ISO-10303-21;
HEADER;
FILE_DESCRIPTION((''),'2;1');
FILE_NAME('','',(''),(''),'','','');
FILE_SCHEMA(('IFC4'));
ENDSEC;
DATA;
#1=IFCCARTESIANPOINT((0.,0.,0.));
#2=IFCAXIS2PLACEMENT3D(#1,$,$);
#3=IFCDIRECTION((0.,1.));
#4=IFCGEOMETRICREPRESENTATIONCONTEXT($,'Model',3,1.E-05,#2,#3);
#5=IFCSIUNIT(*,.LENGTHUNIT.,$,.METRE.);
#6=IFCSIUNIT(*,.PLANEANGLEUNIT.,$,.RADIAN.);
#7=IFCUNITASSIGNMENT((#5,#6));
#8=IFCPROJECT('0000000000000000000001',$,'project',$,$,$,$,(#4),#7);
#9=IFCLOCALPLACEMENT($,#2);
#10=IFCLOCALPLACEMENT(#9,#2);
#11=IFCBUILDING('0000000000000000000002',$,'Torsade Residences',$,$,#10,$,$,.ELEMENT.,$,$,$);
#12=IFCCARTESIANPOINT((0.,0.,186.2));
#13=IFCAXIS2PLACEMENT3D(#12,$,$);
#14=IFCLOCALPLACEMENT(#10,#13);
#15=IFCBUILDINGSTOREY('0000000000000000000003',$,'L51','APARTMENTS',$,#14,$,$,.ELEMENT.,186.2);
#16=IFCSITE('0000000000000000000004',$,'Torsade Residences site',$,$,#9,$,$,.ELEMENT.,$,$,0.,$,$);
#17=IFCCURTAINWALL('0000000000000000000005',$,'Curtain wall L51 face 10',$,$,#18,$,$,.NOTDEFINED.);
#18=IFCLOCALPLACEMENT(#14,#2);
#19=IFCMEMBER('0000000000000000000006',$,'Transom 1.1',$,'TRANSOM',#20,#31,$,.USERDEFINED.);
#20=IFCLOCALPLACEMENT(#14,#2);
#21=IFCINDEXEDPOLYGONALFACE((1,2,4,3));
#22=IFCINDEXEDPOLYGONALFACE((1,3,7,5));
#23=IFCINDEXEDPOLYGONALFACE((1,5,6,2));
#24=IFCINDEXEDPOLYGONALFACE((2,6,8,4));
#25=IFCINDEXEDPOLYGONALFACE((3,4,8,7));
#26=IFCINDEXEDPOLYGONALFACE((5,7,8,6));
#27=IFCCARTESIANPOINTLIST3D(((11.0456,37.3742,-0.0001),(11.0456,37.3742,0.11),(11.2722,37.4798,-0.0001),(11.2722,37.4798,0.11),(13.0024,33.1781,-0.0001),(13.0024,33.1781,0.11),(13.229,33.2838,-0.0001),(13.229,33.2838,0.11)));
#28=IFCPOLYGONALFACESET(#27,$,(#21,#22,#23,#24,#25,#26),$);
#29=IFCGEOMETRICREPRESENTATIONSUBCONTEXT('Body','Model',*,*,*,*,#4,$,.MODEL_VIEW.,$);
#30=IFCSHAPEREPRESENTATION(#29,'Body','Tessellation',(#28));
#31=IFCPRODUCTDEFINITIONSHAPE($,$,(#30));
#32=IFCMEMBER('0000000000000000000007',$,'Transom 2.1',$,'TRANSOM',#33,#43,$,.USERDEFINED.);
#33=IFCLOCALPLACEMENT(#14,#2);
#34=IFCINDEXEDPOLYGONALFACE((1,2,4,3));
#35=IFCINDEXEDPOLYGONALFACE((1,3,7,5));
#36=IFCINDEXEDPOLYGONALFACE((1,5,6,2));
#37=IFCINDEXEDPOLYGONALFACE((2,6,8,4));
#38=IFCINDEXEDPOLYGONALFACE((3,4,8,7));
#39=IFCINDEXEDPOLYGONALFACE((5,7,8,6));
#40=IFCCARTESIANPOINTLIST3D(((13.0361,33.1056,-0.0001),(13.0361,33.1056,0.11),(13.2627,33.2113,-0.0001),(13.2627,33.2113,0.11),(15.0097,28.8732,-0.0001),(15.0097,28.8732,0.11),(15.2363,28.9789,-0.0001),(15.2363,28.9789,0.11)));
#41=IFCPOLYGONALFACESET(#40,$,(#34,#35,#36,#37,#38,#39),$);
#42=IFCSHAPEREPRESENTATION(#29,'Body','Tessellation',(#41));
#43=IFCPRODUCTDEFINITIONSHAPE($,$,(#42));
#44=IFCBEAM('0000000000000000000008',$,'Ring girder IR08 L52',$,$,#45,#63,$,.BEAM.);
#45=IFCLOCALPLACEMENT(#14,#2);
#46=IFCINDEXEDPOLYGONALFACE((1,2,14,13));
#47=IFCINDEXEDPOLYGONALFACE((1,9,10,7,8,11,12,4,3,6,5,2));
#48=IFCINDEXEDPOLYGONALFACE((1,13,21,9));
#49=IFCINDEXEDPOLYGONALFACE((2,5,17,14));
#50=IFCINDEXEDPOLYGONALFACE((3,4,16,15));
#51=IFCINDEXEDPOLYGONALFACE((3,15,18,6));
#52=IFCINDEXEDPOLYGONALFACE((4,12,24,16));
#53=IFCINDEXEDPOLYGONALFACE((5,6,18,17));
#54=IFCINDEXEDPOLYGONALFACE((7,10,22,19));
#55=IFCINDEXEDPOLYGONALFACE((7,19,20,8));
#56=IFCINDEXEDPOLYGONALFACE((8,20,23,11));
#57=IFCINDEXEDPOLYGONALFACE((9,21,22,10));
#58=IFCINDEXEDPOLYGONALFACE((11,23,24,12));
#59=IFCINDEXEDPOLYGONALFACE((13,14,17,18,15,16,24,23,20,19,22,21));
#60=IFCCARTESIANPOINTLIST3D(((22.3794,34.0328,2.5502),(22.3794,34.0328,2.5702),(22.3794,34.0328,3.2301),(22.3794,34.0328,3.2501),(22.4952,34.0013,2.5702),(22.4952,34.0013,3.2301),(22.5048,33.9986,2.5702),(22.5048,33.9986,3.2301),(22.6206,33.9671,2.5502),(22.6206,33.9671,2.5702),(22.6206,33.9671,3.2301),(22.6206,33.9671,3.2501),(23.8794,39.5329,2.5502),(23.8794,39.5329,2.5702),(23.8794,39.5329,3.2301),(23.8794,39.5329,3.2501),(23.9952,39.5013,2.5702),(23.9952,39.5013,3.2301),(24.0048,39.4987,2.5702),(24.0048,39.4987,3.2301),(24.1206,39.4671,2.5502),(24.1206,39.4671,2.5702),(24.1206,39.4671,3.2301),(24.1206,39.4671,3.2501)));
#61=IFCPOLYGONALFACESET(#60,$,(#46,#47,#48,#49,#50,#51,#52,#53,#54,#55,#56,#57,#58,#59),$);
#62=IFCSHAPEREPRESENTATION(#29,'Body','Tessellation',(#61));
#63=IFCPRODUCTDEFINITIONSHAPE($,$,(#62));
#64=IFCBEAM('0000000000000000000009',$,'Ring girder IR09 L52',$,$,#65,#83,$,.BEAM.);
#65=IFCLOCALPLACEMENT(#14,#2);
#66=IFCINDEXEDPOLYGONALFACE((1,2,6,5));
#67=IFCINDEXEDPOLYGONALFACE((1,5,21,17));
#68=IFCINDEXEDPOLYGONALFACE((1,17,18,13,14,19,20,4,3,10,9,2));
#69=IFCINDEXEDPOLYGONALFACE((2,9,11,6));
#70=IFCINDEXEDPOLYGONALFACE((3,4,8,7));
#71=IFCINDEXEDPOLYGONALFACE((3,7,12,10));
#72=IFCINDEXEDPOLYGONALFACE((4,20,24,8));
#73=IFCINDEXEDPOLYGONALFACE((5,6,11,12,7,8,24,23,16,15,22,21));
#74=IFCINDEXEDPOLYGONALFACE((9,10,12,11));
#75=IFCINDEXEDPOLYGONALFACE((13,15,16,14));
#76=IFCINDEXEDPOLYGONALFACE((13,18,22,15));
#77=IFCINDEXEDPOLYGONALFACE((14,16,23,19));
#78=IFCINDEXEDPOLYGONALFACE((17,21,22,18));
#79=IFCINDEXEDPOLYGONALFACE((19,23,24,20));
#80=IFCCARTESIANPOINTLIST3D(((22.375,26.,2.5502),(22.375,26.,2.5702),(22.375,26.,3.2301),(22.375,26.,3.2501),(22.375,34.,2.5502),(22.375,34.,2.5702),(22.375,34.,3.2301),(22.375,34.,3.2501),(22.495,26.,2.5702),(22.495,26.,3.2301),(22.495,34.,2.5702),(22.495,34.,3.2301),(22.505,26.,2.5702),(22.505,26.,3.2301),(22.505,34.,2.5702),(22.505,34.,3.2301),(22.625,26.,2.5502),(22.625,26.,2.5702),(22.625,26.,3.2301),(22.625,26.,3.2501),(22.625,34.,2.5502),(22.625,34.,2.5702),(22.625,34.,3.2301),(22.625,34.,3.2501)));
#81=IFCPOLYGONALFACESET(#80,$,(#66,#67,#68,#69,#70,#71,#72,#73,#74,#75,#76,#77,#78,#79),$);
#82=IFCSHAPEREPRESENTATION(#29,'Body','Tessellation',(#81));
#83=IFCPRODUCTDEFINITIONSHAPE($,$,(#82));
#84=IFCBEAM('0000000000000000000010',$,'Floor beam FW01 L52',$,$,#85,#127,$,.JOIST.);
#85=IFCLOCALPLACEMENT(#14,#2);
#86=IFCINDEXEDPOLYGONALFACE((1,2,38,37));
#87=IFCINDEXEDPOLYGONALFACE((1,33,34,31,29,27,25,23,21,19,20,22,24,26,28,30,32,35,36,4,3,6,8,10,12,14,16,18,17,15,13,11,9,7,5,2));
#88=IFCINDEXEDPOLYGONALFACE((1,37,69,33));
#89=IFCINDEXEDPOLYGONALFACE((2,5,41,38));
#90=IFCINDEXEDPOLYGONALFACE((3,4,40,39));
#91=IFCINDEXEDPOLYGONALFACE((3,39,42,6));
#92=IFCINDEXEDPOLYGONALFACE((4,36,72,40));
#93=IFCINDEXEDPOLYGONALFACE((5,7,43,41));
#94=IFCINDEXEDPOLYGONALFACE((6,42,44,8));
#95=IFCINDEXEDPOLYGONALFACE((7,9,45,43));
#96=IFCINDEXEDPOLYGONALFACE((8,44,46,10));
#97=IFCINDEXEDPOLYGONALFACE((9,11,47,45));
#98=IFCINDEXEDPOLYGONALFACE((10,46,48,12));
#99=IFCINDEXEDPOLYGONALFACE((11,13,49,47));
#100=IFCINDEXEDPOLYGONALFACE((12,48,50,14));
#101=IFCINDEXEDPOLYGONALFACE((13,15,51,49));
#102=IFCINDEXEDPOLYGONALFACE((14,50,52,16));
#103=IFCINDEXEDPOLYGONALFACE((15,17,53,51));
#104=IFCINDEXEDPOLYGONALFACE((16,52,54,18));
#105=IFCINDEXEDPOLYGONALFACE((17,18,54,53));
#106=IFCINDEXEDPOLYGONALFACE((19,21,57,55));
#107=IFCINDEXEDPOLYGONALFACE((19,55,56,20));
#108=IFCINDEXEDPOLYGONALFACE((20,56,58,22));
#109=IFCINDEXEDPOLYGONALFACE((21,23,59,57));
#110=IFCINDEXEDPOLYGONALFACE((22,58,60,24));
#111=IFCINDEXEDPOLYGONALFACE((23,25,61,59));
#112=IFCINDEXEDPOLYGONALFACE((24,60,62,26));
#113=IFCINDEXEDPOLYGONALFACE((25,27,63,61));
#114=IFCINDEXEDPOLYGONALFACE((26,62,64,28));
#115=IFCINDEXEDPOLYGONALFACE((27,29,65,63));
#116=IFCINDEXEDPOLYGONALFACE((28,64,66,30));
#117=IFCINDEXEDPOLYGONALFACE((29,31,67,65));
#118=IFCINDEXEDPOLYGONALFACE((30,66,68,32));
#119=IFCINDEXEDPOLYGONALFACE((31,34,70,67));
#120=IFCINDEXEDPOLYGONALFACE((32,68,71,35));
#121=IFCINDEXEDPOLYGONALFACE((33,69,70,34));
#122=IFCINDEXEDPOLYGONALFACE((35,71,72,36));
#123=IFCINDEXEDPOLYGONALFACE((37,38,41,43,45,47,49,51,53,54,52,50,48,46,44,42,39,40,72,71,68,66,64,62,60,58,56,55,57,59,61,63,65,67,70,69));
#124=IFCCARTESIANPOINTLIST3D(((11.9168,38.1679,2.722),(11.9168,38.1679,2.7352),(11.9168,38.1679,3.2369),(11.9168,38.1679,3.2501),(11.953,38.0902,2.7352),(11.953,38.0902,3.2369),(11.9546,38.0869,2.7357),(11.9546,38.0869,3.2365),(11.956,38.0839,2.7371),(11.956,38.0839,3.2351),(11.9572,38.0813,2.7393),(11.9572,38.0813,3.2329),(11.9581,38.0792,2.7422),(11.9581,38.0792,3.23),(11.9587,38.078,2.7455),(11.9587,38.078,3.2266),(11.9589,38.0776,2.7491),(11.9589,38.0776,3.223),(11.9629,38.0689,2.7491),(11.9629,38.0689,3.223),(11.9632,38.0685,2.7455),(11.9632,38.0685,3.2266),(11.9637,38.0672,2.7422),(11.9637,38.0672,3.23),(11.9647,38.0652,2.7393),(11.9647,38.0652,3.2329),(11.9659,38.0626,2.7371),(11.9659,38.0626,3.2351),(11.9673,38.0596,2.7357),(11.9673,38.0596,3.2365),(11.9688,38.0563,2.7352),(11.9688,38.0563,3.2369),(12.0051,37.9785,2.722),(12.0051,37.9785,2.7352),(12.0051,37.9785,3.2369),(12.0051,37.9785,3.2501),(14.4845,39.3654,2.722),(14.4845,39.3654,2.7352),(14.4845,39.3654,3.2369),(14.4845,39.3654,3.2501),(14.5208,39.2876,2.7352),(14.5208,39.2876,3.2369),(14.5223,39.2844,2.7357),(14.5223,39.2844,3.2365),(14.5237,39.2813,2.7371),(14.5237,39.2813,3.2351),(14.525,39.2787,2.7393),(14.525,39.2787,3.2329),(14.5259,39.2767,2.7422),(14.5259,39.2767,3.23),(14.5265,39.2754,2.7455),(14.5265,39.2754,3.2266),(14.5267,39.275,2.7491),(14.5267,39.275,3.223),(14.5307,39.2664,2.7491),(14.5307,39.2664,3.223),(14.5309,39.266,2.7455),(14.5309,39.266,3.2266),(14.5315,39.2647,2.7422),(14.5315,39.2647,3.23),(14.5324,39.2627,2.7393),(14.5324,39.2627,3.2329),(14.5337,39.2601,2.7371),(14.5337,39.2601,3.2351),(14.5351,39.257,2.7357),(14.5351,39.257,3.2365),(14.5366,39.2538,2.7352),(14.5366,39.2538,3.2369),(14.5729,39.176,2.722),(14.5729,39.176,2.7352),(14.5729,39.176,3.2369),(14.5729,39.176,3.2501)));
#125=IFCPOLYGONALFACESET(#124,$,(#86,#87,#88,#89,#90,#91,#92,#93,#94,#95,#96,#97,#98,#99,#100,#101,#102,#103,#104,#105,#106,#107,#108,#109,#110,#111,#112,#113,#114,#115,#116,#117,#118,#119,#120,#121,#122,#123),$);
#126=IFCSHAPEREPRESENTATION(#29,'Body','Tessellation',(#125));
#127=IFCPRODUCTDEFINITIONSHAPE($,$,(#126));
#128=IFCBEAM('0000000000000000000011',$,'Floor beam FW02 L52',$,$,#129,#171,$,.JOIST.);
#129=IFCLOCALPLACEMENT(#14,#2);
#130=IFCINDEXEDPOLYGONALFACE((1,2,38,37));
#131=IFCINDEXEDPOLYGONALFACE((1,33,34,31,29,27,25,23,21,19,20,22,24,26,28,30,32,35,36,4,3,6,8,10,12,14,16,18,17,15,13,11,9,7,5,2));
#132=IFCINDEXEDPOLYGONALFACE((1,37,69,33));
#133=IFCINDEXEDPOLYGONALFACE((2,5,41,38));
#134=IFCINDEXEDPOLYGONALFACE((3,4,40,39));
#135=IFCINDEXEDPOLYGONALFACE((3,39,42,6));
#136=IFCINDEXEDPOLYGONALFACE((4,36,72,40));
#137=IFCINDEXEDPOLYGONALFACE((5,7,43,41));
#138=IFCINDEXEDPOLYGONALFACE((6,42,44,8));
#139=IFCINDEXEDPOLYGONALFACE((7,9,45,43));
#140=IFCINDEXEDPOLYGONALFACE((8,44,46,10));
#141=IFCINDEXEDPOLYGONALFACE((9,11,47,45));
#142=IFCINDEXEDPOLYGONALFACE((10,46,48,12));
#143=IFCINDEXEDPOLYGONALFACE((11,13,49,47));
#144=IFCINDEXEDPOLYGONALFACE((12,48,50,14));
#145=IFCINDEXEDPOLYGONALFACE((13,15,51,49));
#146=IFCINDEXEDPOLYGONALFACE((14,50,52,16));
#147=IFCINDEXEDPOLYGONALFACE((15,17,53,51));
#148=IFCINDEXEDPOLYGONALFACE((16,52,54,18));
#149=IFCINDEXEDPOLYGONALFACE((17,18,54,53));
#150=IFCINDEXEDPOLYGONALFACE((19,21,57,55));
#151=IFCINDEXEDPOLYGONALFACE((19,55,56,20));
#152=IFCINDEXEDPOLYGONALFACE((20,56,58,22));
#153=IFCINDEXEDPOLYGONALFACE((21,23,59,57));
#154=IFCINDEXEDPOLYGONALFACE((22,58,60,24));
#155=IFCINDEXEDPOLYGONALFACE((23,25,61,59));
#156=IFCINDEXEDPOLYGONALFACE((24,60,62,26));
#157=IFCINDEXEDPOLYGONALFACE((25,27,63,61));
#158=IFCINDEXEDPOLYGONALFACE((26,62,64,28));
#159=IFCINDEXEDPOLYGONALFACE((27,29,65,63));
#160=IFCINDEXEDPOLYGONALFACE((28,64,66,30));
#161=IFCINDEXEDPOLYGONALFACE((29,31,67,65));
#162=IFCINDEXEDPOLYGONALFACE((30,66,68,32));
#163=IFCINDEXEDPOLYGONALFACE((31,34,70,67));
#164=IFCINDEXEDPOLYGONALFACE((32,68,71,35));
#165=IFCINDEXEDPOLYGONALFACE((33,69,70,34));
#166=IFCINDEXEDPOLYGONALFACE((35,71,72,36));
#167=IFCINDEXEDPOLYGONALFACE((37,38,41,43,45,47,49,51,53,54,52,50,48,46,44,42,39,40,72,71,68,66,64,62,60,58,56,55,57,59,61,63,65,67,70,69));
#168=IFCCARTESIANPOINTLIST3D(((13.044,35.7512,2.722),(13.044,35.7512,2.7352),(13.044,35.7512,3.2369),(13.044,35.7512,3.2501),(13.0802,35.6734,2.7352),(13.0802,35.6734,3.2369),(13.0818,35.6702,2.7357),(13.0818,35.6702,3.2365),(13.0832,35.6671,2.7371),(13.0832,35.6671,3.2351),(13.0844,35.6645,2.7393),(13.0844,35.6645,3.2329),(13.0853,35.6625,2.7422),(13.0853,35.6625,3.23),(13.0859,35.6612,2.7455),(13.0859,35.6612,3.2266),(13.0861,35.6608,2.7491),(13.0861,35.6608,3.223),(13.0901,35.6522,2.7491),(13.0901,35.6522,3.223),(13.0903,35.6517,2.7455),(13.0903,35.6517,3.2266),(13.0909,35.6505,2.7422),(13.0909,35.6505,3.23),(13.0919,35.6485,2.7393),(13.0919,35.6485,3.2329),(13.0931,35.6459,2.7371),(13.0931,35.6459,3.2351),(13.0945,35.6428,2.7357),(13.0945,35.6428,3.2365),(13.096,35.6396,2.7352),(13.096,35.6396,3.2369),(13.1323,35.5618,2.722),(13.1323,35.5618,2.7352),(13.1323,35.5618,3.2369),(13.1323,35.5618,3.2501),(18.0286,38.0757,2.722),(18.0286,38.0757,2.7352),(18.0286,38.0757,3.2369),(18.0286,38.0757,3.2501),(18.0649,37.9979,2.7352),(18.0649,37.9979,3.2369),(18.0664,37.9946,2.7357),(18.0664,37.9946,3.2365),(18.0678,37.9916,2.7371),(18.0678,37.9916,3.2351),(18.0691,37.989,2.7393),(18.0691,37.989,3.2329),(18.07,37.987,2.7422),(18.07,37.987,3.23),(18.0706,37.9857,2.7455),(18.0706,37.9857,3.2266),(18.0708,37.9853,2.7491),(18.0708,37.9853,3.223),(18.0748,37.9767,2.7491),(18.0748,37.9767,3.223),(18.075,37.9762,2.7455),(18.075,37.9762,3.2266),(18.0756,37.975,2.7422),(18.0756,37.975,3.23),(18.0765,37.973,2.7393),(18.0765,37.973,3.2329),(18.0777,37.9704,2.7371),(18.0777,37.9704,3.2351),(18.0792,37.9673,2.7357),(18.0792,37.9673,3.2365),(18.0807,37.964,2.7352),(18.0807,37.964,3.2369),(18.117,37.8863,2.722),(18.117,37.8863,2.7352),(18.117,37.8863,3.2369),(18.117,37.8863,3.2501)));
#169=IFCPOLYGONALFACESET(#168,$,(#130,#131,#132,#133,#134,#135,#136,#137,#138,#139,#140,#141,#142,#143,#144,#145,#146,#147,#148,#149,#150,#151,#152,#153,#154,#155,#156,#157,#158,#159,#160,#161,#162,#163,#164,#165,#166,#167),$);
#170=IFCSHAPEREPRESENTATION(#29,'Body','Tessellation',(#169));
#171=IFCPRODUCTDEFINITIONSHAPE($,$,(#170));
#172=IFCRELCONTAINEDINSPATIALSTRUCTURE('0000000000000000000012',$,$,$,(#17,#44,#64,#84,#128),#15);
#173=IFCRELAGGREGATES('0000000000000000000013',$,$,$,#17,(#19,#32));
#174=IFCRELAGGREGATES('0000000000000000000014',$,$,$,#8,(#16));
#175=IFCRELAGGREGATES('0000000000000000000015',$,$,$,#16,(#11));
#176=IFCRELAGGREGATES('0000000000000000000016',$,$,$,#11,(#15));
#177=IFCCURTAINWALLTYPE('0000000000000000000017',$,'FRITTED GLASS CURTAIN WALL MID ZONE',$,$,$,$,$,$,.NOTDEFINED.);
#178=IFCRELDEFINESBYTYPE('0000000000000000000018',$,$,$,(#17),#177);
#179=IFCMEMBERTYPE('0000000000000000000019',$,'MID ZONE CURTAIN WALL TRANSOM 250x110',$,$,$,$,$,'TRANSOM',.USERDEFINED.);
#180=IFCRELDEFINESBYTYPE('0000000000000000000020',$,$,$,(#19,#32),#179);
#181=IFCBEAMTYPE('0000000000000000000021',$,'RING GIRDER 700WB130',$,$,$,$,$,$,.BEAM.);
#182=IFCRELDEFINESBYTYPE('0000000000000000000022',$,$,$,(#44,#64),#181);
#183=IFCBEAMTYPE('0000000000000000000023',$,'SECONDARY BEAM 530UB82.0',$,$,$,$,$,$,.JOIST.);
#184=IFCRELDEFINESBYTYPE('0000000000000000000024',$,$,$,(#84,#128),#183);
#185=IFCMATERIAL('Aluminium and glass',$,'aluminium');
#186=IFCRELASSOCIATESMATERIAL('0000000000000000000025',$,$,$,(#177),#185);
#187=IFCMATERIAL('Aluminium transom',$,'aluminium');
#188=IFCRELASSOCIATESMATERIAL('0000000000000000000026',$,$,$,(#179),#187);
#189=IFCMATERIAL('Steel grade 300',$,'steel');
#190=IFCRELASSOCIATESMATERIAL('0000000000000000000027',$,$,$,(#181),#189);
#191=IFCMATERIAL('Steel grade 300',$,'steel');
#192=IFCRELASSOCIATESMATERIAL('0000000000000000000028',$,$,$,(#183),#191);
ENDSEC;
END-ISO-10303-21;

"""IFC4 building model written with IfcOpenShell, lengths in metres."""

from ifc_helpers import new_model, si_unit, direction, frame, origin, origin_2d, place, context, subcontext, project, spatial, rectangle, i_section, extrude, material, material_profile, profile_set, type_object, element, aggregate, save


model = new_model("IFC4")

# Units and contexts
model_context = context("Model", 3, precision=1e-05, world=origin(), true_north=direction((0.0, 1.0)))
body_context = subcontext(model_context, "Body", "Model", "MODEL_VIEW")
ifc_project = project(units=[si_unit("LENGTHUNIT", "METRE"), si_unit("PLANEANGLEUNIT", "RADIAN")], contexts=[model_context])

# Site, building, storey
site_placement = place(None, origin())
site = spatial("IfcSite", under=ifc_project, at=site_placement, Name="Torsade Residences site", CompositionType="ELEMENT", RefElevation=0.0)
building_placement = place(site_placement, origin())
building = spatial("IfcBuilding", under=site, at=building_placement, Name="Torsade Residences", CompositionType="ELEMENT")
storey_placement = place(building_placement, frame((0.0, 0.0, 186.2)))
storey = spatial("IfcBuildingStorey", under=building, at=storey_placement, Name="L51", Description="APARTMENTS", CompositionType="ELEMENT", Elevation=186.2)

# Curtain wall, members
ifc_material_1 = material(Name="Aluminium and glass", Category="aluminium")
curtain_wall_type = type_object("IfcCurtainWallType", Name="FRITTED GLASS CURTAIN WALL MID ZONE", PredefinedType="NOTDEFINED", material=ifc_material_1)
curtain_wall_placement = place(storey_placement, origin())
curtain_wall = element("IfcCurtainWall", 1, at=curtain_wall_placement, inside=storey, type_object=curtain_wall_type, Name="Curtain wall L51 face 10", PredefinedType="NOTDEFINED")
ifc_material_2 = material(Name="Aluminium transom", Category="aluminium")
ifc_material_profile_1 = material_profile(ifc_material_2, rectangle(XDim=0.25, YDim=0.1101, at=origin_2d()), Name="MID ZONE CURTAIN WALL TRANSOM 250x110")
ifc_profile_set_1 = profile_set([ifc_material_profile_1], Name="Aluminium transom")
member_type_1 = type_object("IfcMemberType", Name="MID ZONE CURTAIN WALL TRANSOM 250x110", ElementType="TRANSOM", PredefinedType="USERDEFINED", material=ifc_profile_set_1)
member_1_placement = place(storey_placement, frame((11.1589, 37.427, 0.0549), z_axis=(0.422643, -0.906296, 0.0), x_axis=(0.906296, 0.422643, 0.0)))
member_1 = element("IfcMember", 2, at=member_1_placement, type_object=member_type_1, Name="Transom 1.1", ObjectType="TRANSOM", PredefinedType="USERDEFINED", context=body_context, shape_type="SweptSolid", body=[
    extrude(rectangle(XDim=0.25, YDim=0.1101, at=origin_2d()), origin(), (0.0, 0.0, 1.0), 4.6299),
])
member_2_placement = place(storey_placement, frame((13.1494, 33.1584, 0.0549), z_axis=(0.422622, -0.906306, 0.0), x_axis=(0.906306, 0.422622, 0.0)))
member_2 = element("IfcMember", 3, at=member_2_placement, type_object=member_type_1, Name="Transom 2.1", ObjectType="TRANSOM", PredefinedType="USERDEFINED", context=body_context, shape_type="SweptSolid", body=[
    extrude(rectangle(XDim=0.25, YDim=0.1101, at=origin_2d()), origin(), (0.0, 0.0, 1.0), 4.6699),
])

# Beams
ifc_material_3 = material(Name="Steel grade 300", Category="steel")
ifc_material_profile_2 = material_profile(ifc_material_3, i_section(OverallWidth=0.25, OverallDepth=0.7, WebThickness=0.01, FlangeThickness=0.02, at=origin_2d()), Name="700WB130")
ifc_profile_set_2 = profile_set([ifc_material_profile_2], Name="Steel grade 300")
beam_type_1 = type_object("IfcBeamType", Name="RING GIRDER 700WB130", PredefinedType="BEAM", material=ifc_profile_set_2)
beam_1_placement = place(storey_placement, frame((24.0, 39.5, 2.9001), z_axis=(-0.263117, -0.964764, 0.0), x_axis=(0.964764, -0.263117, 0.0)))
element("IfcBeam", 4, at=beam_1_placement, inside=storey, type_object=beam_type_1, Name="Ring girder IR08 L52", PredefinedType="BEAM", context=body_context, shape_type="SweptSolid", body=[
    extrude(i_section(OverallWidth=0.25, OverallDepth=0.7, WebThickness=0.01, FlangeThickness=0.02, at=origin_2d()), origin(), (0.0, 0.0, 1.0), 5.7009),
])
beam_2_placement = place(storey_placement, frame((22.5, 34.0, 2.9001), z_axis=(0.0, -1.0, 0.0), x_axis=(1.0, 0.0, 0.0)))
element("IfcBeam", 5, at=beam_2_placement, inside=storey, type_object=beam_type_1, Name="Ring girder IR09 L52", PredefinedType="BEAM", context=body_context, shape_type="SweptSolid", body=[
    extrude(i_section(OverallWidth=0.25, OverallDepth=0.7, WebThickness=0.01, FlangeThickness=0.02, at=origin_2d()), origin(), (0.0, 0.0, 1.0), 8.0),
])
ifc_material_4 = material(Name="Steel grade 300", Category="steel")
ifc_material_profile_3 = material_profile(ifc_material_4, i_section(OverallWidth=0.209, OverallDepth=0.5281, WebThickness=0.0095, FlangeThickness=0.0132, FilletRadius=0.0139, at=origin_2d()), Name="530UB82.0")
ifc_profile_set_3 = profile_set([ifc_material_profile_3], Name="Steel grade 300")
beam_type_2 = type_object("IfcBeamType", Name="SECONDARY BEAM 530UB82.0", PredefinedType="JOIST", material=ifc_profile_set_3)
beam_3_placement = place(storey_placement, frame((11.9609, 38.0732, 2.9861), z_axis=(0.906295, 0.422645, 0.0), x_axis=(-0.422645, 0.906295, 0.0)))
element("IfcBeam", 6, at=beam_3_placement, inside=storey, type_object=beam_type_2, Name="Floor beam FW01 L52", PredefinedType="JOIST", context=body_context, shape_type="SweptSolid", body=[
    extrude(i_section(OverallWidth=0.209, OverallDepth=0.5281, WebThickness=0.0095, FlangeThickness=0.0132, FilletRadius=0.0139, at=origin_2d()), origin(), (0.0, 0.0, 1.0), 2.8333),
])
beam_4_placement = place(storey_placement, frame((13.0881, 35.6565, 2.9861), z_axis=(0.906301, 0.422633, 0.0), x_axis=(-0.422633, 0.906301, 0.0)))
element("IfcBeam", 7, at=beam_4_placement, inside=storey, type_object=beam_type_2, Name="Floor beam FW02 L52", PredefinedType="JOIST", context=body_context, shape_type="SweptSolid", body=[
    extrude(i_section(OverallWidth=0.209, OverallDepth=0.5281, WebThickness=0.0095, FlangeThickness=0.0132, FilletRadius=0.0139, at=origin_2d()), origin(), (0.0, 0.0, 1.0), 5.5),
])

aggregate(curtain_wall, [member_1, member_2])

save(model, "model.ifc")
